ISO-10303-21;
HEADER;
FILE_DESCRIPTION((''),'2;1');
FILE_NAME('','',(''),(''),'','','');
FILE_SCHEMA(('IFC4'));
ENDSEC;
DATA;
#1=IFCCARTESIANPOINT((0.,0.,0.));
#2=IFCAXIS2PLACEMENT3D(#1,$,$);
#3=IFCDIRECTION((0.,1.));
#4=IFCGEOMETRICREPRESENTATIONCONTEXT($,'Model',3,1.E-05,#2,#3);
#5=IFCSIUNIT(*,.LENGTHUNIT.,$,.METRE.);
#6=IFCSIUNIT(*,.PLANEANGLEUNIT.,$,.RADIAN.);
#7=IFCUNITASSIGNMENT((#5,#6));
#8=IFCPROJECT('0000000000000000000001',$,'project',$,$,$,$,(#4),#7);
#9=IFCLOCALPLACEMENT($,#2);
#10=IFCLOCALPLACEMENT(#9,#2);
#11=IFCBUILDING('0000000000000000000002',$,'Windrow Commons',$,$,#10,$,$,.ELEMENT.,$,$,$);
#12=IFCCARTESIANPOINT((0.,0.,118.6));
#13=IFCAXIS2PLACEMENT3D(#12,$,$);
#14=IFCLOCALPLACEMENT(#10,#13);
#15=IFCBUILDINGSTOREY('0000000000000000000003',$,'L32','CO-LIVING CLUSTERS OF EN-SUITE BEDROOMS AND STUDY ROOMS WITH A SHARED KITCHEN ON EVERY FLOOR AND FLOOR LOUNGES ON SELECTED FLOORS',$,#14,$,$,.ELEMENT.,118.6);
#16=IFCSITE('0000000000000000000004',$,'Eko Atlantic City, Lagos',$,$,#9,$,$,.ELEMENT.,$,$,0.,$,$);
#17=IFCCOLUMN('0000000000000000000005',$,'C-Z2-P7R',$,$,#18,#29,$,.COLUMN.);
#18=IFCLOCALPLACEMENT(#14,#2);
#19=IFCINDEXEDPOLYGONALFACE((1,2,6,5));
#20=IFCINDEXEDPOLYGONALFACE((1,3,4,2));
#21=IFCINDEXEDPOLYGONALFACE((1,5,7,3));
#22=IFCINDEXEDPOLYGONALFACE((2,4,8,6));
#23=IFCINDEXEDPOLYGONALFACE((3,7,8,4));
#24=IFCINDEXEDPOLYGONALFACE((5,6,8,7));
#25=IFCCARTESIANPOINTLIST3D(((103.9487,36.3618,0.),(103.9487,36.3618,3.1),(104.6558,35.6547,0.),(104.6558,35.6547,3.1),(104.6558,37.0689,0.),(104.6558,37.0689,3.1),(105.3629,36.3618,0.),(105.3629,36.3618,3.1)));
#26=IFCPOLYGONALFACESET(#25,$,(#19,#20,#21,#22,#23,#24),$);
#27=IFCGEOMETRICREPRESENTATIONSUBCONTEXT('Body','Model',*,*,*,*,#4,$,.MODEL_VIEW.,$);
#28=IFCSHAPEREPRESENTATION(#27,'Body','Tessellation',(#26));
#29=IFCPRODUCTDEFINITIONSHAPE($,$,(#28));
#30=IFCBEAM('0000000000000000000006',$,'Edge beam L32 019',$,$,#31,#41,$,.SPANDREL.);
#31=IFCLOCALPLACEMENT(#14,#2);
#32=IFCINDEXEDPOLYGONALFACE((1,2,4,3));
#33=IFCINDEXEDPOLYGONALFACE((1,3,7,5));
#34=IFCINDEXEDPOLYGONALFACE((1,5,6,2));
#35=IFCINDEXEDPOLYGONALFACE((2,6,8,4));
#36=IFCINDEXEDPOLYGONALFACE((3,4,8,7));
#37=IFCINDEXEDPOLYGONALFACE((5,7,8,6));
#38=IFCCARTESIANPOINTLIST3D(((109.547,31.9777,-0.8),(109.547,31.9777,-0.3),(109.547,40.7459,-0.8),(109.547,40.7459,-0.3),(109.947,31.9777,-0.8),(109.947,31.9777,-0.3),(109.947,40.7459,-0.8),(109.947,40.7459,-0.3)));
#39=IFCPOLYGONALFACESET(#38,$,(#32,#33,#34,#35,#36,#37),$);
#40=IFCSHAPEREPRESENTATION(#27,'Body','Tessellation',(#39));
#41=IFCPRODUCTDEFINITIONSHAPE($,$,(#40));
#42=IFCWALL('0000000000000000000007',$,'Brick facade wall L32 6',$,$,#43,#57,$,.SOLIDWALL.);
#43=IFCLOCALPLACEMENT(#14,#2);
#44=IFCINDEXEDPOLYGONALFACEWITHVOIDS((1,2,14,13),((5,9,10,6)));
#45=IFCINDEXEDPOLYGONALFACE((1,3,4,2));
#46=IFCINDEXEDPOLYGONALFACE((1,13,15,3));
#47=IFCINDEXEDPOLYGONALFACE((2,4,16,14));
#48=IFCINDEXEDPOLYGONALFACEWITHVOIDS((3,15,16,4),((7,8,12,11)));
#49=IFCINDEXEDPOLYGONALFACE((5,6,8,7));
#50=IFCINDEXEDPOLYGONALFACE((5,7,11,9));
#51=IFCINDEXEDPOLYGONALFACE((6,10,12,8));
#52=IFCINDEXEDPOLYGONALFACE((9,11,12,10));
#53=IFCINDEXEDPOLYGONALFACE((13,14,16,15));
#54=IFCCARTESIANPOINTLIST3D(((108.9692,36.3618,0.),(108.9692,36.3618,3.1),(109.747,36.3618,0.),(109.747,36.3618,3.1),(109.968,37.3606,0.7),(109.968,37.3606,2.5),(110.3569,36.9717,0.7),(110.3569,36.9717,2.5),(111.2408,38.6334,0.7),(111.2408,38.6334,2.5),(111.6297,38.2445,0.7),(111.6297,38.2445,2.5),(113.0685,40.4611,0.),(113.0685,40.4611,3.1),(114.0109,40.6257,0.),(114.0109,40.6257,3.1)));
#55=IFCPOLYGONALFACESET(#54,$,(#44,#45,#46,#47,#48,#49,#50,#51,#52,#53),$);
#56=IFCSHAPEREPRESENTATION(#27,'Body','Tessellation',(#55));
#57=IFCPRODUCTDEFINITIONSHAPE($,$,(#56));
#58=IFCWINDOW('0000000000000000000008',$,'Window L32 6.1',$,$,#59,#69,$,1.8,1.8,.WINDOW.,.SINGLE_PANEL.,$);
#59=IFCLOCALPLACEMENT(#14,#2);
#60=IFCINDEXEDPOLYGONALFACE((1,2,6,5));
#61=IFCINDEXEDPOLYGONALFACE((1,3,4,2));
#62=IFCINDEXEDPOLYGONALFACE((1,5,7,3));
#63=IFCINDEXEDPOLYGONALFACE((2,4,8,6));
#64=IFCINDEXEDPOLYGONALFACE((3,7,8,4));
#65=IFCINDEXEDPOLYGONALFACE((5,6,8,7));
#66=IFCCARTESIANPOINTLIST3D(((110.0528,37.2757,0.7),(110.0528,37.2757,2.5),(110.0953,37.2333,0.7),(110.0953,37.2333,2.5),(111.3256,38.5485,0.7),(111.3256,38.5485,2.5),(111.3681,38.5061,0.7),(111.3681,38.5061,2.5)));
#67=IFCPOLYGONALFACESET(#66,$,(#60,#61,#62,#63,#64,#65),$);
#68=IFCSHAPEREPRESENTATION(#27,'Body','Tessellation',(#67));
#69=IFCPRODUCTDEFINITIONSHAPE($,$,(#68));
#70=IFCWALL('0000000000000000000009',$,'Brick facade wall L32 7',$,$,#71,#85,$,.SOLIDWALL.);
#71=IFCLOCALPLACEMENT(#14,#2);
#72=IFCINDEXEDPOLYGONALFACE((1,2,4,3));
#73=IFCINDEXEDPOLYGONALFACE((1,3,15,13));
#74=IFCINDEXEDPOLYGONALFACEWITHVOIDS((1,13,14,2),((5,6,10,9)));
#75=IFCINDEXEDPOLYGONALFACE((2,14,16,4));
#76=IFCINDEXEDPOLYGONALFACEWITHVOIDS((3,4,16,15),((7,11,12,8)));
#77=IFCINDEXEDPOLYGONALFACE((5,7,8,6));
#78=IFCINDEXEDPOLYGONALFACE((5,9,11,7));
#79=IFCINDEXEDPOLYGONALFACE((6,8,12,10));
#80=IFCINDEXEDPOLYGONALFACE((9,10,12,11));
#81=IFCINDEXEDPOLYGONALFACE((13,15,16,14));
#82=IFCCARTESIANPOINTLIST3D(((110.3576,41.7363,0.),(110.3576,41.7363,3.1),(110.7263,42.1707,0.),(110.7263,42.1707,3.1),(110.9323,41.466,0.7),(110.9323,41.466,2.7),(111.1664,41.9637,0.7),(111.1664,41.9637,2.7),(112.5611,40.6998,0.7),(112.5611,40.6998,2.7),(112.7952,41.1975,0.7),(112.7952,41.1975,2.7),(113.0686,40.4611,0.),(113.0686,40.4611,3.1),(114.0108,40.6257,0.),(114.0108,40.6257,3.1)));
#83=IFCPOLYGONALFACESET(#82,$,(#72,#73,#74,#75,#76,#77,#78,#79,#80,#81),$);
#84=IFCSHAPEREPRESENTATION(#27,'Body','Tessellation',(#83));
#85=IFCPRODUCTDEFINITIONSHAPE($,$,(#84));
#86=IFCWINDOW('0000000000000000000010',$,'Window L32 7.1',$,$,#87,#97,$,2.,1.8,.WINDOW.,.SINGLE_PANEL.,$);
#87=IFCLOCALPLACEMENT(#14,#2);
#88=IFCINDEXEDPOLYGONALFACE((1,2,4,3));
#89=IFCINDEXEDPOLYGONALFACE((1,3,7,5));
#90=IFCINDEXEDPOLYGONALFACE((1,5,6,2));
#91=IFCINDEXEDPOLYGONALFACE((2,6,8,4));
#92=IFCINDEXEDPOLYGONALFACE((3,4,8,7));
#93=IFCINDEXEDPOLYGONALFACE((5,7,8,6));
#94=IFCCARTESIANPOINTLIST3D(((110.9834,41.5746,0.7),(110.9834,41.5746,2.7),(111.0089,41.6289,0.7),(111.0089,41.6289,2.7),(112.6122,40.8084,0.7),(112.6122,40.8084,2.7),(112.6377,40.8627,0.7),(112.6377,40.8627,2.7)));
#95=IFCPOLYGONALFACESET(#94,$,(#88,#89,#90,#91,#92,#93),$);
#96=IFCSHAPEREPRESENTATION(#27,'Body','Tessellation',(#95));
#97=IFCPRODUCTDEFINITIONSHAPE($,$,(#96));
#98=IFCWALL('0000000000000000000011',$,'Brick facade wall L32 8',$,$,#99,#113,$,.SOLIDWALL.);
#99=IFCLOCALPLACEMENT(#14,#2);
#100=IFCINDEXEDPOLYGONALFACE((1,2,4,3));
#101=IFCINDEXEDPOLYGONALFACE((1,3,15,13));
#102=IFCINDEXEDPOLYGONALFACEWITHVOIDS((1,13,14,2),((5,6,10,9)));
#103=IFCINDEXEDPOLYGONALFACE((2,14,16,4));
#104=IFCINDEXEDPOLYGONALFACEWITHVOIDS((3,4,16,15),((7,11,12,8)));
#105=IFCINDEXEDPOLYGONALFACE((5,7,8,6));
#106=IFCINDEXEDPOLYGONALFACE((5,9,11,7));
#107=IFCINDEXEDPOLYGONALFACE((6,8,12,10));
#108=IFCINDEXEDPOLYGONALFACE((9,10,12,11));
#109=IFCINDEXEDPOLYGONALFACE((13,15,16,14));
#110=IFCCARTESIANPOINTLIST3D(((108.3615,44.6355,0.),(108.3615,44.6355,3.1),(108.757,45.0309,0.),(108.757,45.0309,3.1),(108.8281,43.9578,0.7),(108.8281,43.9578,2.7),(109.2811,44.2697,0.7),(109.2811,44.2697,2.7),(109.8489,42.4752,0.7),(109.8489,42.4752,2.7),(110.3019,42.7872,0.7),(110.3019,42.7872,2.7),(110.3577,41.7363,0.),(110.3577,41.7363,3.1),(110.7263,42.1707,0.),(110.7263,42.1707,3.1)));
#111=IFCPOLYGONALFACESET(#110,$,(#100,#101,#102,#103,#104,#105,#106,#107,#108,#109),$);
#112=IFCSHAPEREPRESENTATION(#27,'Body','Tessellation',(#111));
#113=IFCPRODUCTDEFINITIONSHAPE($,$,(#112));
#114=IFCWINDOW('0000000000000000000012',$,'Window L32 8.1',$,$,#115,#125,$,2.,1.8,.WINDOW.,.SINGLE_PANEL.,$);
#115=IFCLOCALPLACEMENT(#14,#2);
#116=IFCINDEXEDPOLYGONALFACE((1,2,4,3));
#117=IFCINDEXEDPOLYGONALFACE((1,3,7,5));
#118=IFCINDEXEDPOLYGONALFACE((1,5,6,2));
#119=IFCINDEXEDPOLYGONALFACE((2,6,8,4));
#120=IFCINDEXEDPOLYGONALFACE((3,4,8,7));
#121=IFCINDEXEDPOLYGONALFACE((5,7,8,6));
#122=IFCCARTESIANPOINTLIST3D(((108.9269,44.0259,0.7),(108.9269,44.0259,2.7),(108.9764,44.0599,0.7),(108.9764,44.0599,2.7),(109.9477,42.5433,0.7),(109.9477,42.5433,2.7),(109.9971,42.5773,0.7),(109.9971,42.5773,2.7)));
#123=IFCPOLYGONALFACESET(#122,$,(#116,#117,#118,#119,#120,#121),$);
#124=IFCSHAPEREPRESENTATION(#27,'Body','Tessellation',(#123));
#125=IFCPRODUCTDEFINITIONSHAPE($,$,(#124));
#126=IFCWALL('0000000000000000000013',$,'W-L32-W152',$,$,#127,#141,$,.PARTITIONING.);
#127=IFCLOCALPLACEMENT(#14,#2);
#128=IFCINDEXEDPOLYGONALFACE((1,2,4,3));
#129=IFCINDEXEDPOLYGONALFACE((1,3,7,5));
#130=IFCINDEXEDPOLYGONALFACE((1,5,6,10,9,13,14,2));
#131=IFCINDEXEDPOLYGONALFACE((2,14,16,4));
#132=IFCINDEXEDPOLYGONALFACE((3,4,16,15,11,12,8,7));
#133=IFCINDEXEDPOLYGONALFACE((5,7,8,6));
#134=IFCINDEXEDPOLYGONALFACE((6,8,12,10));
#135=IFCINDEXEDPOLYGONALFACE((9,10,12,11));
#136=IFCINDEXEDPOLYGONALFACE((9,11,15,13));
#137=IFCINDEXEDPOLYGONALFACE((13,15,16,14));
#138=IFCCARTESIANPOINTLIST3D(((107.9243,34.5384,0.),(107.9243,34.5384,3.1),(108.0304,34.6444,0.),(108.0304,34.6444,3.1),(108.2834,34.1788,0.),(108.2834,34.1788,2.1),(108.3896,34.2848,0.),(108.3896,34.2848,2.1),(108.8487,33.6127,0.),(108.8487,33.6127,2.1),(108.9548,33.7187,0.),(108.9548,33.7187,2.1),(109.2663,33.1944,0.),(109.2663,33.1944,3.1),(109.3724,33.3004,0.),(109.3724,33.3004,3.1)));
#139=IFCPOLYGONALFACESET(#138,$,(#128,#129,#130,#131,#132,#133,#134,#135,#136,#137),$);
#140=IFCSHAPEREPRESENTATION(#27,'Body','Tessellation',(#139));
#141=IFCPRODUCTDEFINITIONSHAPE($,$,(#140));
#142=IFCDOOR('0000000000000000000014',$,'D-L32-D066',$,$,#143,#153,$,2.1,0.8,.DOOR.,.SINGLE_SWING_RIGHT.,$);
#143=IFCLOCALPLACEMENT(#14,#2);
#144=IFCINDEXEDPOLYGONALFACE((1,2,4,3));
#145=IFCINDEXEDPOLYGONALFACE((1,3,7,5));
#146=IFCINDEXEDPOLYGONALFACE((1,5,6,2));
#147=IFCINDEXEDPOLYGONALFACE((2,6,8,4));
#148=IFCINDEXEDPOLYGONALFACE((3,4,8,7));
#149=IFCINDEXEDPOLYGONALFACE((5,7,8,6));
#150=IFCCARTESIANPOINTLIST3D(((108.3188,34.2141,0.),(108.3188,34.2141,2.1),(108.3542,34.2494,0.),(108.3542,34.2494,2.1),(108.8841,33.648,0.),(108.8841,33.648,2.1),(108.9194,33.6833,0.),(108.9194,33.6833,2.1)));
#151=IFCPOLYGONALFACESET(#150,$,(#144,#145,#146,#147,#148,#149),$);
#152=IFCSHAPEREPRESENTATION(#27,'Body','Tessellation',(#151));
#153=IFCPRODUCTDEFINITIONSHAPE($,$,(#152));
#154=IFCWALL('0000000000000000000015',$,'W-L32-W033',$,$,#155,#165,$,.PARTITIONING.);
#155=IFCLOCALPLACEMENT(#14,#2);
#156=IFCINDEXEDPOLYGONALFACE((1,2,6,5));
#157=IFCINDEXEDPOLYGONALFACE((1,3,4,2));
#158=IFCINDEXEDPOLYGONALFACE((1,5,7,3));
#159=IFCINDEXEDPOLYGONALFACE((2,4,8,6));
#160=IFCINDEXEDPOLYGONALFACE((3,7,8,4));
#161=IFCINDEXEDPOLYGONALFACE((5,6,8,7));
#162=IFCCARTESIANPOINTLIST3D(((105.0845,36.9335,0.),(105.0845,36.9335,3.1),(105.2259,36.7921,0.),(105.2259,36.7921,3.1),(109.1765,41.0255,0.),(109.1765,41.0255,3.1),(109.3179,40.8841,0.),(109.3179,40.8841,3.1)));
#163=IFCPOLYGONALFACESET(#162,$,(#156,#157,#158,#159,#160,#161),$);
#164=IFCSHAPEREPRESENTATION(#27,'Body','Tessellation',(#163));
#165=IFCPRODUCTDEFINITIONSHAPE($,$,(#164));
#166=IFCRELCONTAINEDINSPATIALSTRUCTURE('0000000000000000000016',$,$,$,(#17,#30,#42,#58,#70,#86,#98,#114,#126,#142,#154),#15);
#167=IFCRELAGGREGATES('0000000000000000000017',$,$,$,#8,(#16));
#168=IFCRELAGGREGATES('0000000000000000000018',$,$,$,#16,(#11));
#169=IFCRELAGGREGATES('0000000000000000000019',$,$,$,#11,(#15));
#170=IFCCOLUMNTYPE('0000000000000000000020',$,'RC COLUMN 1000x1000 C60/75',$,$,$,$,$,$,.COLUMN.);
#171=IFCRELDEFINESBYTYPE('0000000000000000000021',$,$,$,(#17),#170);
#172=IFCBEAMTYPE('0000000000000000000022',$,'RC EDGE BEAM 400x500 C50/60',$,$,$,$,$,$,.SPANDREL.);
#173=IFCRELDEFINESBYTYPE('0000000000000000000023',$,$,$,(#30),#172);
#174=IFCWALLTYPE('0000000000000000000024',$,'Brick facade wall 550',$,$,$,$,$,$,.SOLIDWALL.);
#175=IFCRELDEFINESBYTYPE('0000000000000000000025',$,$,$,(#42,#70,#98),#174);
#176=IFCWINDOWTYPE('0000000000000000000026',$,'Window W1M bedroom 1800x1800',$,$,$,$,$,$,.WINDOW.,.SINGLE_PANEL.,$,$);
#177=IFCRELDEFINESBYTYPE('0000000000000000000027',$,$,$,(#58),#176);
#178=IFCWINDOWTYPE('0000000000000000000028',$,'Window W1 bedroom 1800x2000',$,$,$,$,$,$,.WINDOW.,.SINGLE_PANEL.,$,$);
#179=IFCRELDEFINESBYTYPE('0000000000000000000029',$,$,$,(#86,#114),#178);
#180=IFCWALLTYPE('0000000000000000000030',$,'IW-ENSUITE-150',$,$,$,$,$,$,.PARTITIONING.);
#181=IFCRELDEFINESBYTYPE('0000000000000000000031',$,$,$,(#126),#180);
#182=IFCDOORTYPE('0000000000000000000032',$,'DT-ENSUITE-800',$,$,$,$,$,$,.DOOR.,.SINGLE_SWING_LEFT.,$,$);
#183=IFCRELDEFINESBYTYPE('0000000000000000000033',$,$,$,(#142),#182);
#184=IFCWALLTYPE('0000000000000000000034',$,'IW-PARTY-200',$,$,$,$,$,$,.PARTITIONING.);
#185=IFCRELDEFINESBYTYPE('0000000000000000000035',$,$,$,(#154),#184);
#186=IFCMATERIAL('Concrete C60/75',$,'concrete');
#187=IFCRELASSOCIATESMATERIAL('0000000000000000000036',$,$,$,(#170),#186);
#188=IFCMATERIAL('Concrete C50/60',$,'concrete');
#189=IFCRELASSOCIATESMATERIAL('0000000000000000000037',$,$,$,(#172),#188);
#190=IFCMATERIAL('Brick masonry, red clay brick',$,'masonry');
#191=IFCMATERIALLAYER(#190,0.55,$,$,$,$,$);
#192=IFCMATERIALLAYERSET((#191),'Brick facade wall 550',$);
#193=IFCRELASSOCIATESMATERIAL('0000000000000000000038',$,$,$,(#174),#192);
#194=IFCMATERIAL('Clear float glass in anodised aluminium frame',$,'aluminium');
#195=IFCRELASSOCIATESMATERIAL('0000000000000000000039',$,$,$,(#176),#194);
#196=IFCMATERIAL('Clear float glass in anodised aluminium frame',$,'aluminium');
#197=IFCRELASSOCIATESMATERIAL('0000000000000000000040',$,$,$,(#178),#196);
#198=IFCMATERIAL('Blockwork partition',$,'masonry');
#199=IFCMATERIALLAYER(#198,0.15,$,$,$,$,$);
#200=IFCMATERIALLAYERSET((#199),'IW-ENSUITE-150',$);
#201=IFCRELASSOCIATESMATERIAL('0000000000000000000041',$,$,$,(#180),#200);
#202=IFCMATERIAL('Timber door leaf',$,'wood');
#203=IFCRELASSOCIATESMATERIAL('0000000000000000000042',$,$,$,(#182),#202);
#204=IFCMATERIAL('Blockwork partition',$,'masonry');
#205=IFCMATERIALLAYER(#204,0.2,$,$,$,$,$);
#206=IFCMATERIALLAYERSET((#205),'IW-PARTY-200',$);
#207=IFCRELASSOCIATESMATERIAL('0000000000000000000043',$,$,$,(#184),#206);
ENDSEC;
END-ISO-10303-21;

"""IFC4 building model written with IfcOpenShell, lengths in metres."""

from ifc_helpers import new_model, si_unit, direction, frame, frame_2d, origin, origin_2d, place, context, subcontext, project, spatial, polyline, rectangle, outline, extrude, material, layer, layer_set, material_profile, profile_set, type_object, element, fill, save


model = new_model("IFC4")

# Units and contexts
model_context = context("Model", 3, precision=1e-05, world=origin(), true_north=direction((0.0, 1.0)))
body_context = subcontext(model_context, "Body", "Model", "MODEL_VIEW")
ifc_project = project(units=[si_unit("LENGTHUNIT", "METRE"), si_unit("PLANEANGLEUNIT", "RADIAN")], contexts=[model_context])

# Site, building, storey
site_placement = place(None, origin())
site = spatial("IfcSite", under=ifc_project, at=site_placement, Name="Eko Atlantic City, Lagos", CompositionType="ELEMENT", RefElevation=0.0)
building_placement = place(site_placement, origin())
building = spatial("IfcBuilding", under=site, at=building_placement, Name="Windrow Commons", CompositionType="ELEMENT")
storey_placement = place(building_placement, frame((0.0, 0.0, 118.6)))
storey = spatial("IfcBuildingStorey", under=building, at=storey_placement, Name="L32", Description="CO-LIVING CLUSTERS OF EN-SUITE BEDROOMS AND STUDY ROOMS WITH A SHARED KITCHEN ON EVERY FLOOR AND FLOOR LOUNGES ON SELECTED FLOORS", CompositionType="ELEMENT", Elevation=118.6)

# Column
ifc_material_1 = material(Name="Concrete C60/75", Category="concrete")
ifc_material_profile_1 = material_profile(ifc_material_1, rectangle(XDim=1.0, YDim=1.0, at=origin_2d()))
ifc_profile_set_1 = profile_set([ifc_material_profile_1], Name="Concrete C60/75")
column_type = type_object("IfcColumnType", Name="RC COLUMN 1000x1000 C60/75", PredefinedType="COLUMN", material=ifc_profile_set_1)
column_placement = place(storey_placement, frame((104.6558, 36.3618, 0.0), z_axis=(0.0, 0.0, 1.0), x_axis=(0.707107, -0.707107, 0.0)))
element("IfcColumn", 1, at=column_placement, inside=storey, type_object=column_type, Name="C-Z2-P7R", PredefinedType="COLUMN", context=body_context, shape_type="SweptSolid", body=[
    extrude(rectangle(XDim=1.0, YDim=1.0, at=origin_2d()), origin(), (0.0, 0.0, 1.0), 3.1),
])

# Beam
ifc_material_2 = material(Name="Concrete C50/60", Category="concrete")
ifc_material_profile_2 = material_profile(ifc_material_2, rectangle(XDim=0.4, YDim=0.5, at=origin_2d()))
ifc_profile_set_2 = profile_set([ifc_material_profile_2], Name="Concrete C50/60")
beam_type = type_object("IfcBeamType", Name="RC EDGE BEAM 400x500 C50/60", PredefinedType="SPANDREL", material=ifc_profile_set_2)
beam_placement = place(storey_placement, frame((109.747, 40.7459, -0.55), z_axis=(0.0, -1.0, 0.0), x_axis=(1.0, 0.0, 0.0)))
element("IfcBeam", 2, at=beam_placement, inside=storey, type_object=beam_type, Name="Edge beam L32 019", PredefinedType="SPANDREL", context=body_context, shape_type="SweptSolid", body=[
    extrude(rectangle(XDim=0.4, YDim=0.5, at=origin_2d()), origin(), (0.0, 0.0, 1.0), 8.7682),
])

# Walls, openings, windows
ifc_material_3 = material(Name="Brick masonry, red clay brick", Category="masonry")
ifc_layer_1 = layer(ifc_material_3, 0.55)
ifc_layer_set_1 = layer_set([ifc_layer_1], Name="Brick facade wall 550")
wall_type_1 = type_object("IfcWallType", Name="Brick facade wall 550", PredefinedType="SOLIDWALL", material=ifc_layer_set_1)
wall_1_placement = place(storey_placement, frame((109.3581, 36.3618, 0.0), z_axis=(0.0, 0.0, 1.0), x_axis=(0.707107, 0.707107, 0.0)))
wall_1 = element("IfcWall", 3, at=wall_1_placement, inside=storey, type_object=wall_type_1, Name="Brick facade wall L32 6", PredefinedType="SOLIDWALL", context=body_context, shape_type="SweptSolid", body=[
    extrude(outline(polyline([(0.275, -0.275), (6.305, -0.275), (5.5223, 0.275), (-0.275, 0.275), (0.275, -0.275)])), origin(), (0.0, 0.0, 1.0), 3.1),
])
opening_1_placement = place(wall_1_placement, frame((1.1375, 0.0, 0.7)))
opening_1 = element("IfcOpeningElement", 4, at=opening_1_placement, cuts=wall_1, PredefinedType="OPENING", context=body_context, shape_type="SweptSolid", body=[
    extrude(rectangle(XDim=1.8, YDim=1.8, at=frame_2d((0.9, 0.9))), frame((0.0, 0.285, 0.0), z_axis=(0.0, -1.0, 0.0), x_axis=(1.0, 0.0, 0.0)), (0.0, 0.0, 1.0), 0.57),
])
ifc_material_4 = material(Name="Clear float glass in anodised aluminium frame", Category="aluminium")
window_type_1 = type_object("IfcWindowType", Name="Window W1M bedroom 1800x1800", PartitioningType="SINGLE_PANEL", PredefinedType="WINDOW", material=ifc_material_4)
window_1_placement = place(opening_1_placement, origin())
window_1 = element("IfcWindow", 5, at=window_1_placement, inside=storey, type_object=window_type_1, Name="Window L32 6.1", OverallHeight=1.8, OverallWidth=1.8, PartitioningType="SINGLE_PANEL", PredefinedType="WINDOW", context=body_context, shape_type="SweptSolid", body=[
    extrude(rectangle(XDim=1.8, YDim=1.8, at=frame_2d((0.9, 0.9))), frame((0.0, 0.155, 0.0), z_axis=(0.0, -1.0, 0.0), x_axis=(1.0, 0.0, 0.0)), (0.0, 0.0, 1.0), 0.06),
])
fill(opening_1, window_1)
wall_2_placement = place(storey_placement, frame((113.5397, 40.5434, 0.0), z_axis=(0.0, 0.0, 1.0), x_axis=(-0.904886, 0.425653, 0.0)))
wall_2 = element("IfcWall", 6, at=wall_2_placement, inside=storey, type_object=wall_type_1, Name="Brick facade wall L32 7", PredefinedType="SOLIDWALL", context=body_context, shape_type="SweptSolid", body=[
    extrude(outline(polyline([(-0.3913, -0.275), (3.2385, -0.275), (3.3872, 0.275), (0.3913, 0.275), (-0.3913, -0.275)])), origin(), (0.0, 0.0, 1.0), 3.1),
])
opening_2_placement = place(wall_2_placement, frame((0.9521, 0.0, 0.7)))
opening_2 = element("IfcOpeningElement", 7, at=opening_2_placement, cuts=wall_2, PredefinedType="OPENING", context=body_context, shape_type="SweptSolid", body=[
    extrude(rectangle(XDim=1.8, YDim=2.0, at=frame_2d((0.9, 1.0))), frame((0.0, 0.285, 0.0), z_axis=(0.0, -1.0, 0.0), x_axis=(1.0, 0.0, 0.0)), (0.0, 0.0, 1.0), 0.57),
])
ifc_material_5 = material(Name="Clear float glass in anodised aluminium frame", Category="aluminium")
window_type_2 = type_object("IfcWindowType", Name="Window W1 bedroom 1800x2000", PartitioningType="SINGLE_PANEL", PredefinedType="WINDOW", material=ifc_material_5)
window_2_placement = place(opening_2_placement, origin())
window_2 = element("IfcWindow", 8, at=window_2_placement, inside=storey, type_object=window_type_2, Name="Window L32 7.1", OverallHeight=2.0, OverallWidth=1.8, PartitioningType="SINGLE_PANEL", PredefinedType="WINDOW", context=body_context, shape_type="SweptSolid", body=[
    extrude(rectangle(XDim=1.8, YDim=2.0, at=frame_2d((0.9, 1.0))), frame((0.0, 0.155, 0.0), z_axis=(0.0, -1.0, 0.0), x_axis=(1.0, 0.0, 0.0)), (0.0, 0.0, 1.0), 0.06),
])
fill(opening_2, window_2)
wall_3_placement = place(storey_placement, frame((110.542, 41.9535, 0.0), z_axis=(0.0, 0.0, 1.0), x_axis=(-0.567099, 0.82365, 0.0)))
wall_3 = element("IfcWall", 9, at=wall_3_placement, inside=storey, type_object=wall_type_1, Name="Brick facade wall L32 8", PredefinedType="SOLIDWALL", context=body_context, shape_type="SweptSolid", body=[
    extrude(outline(polyline([(0.0744, -0.275), (3.547, -0.275), (3.4456, 0.275), (-0.0744, 0.275), (0.0744, -0.275)])), origin(), (0.0, 0.0, 1.0), 3.1),
])
opening_3_placement = place(wall_3_placement, frame((0.8228, 0.0, 0.7)))
opening_3 = element("IfcOpeningElement", 10, at=opening_3_placement, cuts=wall_3, PredefinedType="OPENING", context=body_context, shape_type="SweptSolid", body=[
    extrude(rectangle(XDim=1.8, YDim=2.0, at=frame_2d((0.9, 1.0))), frame((0.0, 0.285, 0.0), z_axis=(0.0, -1.0, 0.0), x_axis=(1.0, 0.0, 0.0)), (0.0, 0.0, 1.0), 0.57),
])
window_3_placement = place(opening_3_placement, origin())
window_3 = element("IfcWindow", 11, at=window_3_placement, inside=storey, type_object=window_type_2, Name="Window L32 8.1", OverallHeight=2.0, OverallWidth=1.8, PartitioningType="SINGLE_PANEL", PredefinedType="WINDOW", context=body_context, shape_type="SweptSolid", body=[
    extrude(rectangle(XDim=1.8, YDim=2.0, at=frame_2d((0.9, 1.0))), frame((0.0, 0.155, 0.0), z_axis=(0.0, -1.0, 0.0), x_axis=(1.0, 0.0, 0.0)), (0.0, 0.0, 1.0), 0.06),
])
fill(opening_3, window_3)

# Wall, opening, door
ifc_material_6 = material(Name="Blockwork partition", Category="masonry")
ifc_layer_2 = layer(ifc_material_6, 0.15)
ifc_layer_set_2 = layer_set([ifc_layer_2], Name="IW-ENSUITE-150")
wall_type_2 = type_object("IfcWallType", Name="IW-ENSUITE-150", PredefinedType="PARTITIONING", material=ifc_layer_set_2)
wall_4_placement = place(storey_placement, frame((107.9774, 34.5914, 0.0), z_axis=(0.0, 0.0, 1.0), x_axis=(0.70658, -0.707633, 0.0)))
wall_4 = element("IfcWall", 12, at=wall_4_placement, inside=storey, type_object=wall_type_2, Name="W-L32-W152", PredefinedType="PARTITIONING", context=body_context, shape_type="SweptSolid", body=[
    extrude(rectangle(XDim=1.8993, YDim=0.15, at=frame_2d((0.9496, 0.0))), origin(), (0.0, 0.0, 1.0), 3.1),
])
opening_4_placement = place(wall_4_placement, frame((0.5082, 0.0, 0.0)))
opening_4 = element("IfcOpeningElement", 13, at=opening_4_placement, cuts=wall_4, PredefinedType="OPENING", context=body_context, shape_type="SweptSolid", body=[
    extrude(rectangle(XDim=0.8, YDim=2.1, at=frame_2d((0.4, 1.05))), frame((0.0, 0.085, 0.0), z_axis=(0.0, -1.0, 0.0), x_axis=(1.0, 0.0, 0.0)), (0.0, 0.0, 1.0), 0.17),
])
ifc_material_7 = material(Name="Timber door leaf", Category="wood")
door_type = type_object("IfcDoorType", Name="DT-ENSUITE-800", OperationType="SINGLE_SWING_LEFT", PredefinedType="DOOR", material=ifc_material_7)
door_placement = place(opening_4_placement, origin())
door = element("IfcDoor", 14, at=door_placement, inside=storey, type_object=door_type, Name="D-L32-D066", OperationType="SINGLE_SWING_RIGHT", OverallHeight=2.1, OverallWidth=0.8, PredefinedType="DOOR", context=body_context, shape_type="SweptSolid", body=[
    extrude(rectangle(XDim=0.8, YDim=2.1, at=frame_2d((0.4, 1.05))), frame((0.0, 0.025, 0.0), z_axis=(0.0, -1.0, 0.0), x_axis=(1.0, 0.0, 0.0)), (0.0, 0.0, 1.0), 0.05),
])
fill(opening_4, door)

# Wall
ifc_material_8 = material(Name="Blockwork partition", Category="masonry")
ifc_layer_3 = layer(ifc_material_8, 0.2)
ifc_layer_set_3 = layer_set([ifc_layer_3], Name="IW-PARTY-200")
wall_type_3 = type_object("IfcWallType", Name="IW-PARTY-200", PredefinedType="PARTITIONING", material=ifc_layer_set_3)
wall_5_placement = place(storey_placement, frame((105.1552, 36.8628, 0.0), z_axis=(0.0, 0.0, 1.0), x_axis=(0.707107, 0.707107, 0.0)))
element("IfcWall", 15, at=wall_5_placement, inside=storey, type_object=wall_type_3, Name="W-L32-W033", PredefinedType="PARTITIONING", context=body_context, shape_type="SweptSolid", body=[
    extrude(rectangle(XDim=5.787, YDim=0.2, at=frame_2d((2.8935, 0.0))), origin(), (0.0, 0.0, 1.0), 3.1),
])

save(model, "model.ifc")
